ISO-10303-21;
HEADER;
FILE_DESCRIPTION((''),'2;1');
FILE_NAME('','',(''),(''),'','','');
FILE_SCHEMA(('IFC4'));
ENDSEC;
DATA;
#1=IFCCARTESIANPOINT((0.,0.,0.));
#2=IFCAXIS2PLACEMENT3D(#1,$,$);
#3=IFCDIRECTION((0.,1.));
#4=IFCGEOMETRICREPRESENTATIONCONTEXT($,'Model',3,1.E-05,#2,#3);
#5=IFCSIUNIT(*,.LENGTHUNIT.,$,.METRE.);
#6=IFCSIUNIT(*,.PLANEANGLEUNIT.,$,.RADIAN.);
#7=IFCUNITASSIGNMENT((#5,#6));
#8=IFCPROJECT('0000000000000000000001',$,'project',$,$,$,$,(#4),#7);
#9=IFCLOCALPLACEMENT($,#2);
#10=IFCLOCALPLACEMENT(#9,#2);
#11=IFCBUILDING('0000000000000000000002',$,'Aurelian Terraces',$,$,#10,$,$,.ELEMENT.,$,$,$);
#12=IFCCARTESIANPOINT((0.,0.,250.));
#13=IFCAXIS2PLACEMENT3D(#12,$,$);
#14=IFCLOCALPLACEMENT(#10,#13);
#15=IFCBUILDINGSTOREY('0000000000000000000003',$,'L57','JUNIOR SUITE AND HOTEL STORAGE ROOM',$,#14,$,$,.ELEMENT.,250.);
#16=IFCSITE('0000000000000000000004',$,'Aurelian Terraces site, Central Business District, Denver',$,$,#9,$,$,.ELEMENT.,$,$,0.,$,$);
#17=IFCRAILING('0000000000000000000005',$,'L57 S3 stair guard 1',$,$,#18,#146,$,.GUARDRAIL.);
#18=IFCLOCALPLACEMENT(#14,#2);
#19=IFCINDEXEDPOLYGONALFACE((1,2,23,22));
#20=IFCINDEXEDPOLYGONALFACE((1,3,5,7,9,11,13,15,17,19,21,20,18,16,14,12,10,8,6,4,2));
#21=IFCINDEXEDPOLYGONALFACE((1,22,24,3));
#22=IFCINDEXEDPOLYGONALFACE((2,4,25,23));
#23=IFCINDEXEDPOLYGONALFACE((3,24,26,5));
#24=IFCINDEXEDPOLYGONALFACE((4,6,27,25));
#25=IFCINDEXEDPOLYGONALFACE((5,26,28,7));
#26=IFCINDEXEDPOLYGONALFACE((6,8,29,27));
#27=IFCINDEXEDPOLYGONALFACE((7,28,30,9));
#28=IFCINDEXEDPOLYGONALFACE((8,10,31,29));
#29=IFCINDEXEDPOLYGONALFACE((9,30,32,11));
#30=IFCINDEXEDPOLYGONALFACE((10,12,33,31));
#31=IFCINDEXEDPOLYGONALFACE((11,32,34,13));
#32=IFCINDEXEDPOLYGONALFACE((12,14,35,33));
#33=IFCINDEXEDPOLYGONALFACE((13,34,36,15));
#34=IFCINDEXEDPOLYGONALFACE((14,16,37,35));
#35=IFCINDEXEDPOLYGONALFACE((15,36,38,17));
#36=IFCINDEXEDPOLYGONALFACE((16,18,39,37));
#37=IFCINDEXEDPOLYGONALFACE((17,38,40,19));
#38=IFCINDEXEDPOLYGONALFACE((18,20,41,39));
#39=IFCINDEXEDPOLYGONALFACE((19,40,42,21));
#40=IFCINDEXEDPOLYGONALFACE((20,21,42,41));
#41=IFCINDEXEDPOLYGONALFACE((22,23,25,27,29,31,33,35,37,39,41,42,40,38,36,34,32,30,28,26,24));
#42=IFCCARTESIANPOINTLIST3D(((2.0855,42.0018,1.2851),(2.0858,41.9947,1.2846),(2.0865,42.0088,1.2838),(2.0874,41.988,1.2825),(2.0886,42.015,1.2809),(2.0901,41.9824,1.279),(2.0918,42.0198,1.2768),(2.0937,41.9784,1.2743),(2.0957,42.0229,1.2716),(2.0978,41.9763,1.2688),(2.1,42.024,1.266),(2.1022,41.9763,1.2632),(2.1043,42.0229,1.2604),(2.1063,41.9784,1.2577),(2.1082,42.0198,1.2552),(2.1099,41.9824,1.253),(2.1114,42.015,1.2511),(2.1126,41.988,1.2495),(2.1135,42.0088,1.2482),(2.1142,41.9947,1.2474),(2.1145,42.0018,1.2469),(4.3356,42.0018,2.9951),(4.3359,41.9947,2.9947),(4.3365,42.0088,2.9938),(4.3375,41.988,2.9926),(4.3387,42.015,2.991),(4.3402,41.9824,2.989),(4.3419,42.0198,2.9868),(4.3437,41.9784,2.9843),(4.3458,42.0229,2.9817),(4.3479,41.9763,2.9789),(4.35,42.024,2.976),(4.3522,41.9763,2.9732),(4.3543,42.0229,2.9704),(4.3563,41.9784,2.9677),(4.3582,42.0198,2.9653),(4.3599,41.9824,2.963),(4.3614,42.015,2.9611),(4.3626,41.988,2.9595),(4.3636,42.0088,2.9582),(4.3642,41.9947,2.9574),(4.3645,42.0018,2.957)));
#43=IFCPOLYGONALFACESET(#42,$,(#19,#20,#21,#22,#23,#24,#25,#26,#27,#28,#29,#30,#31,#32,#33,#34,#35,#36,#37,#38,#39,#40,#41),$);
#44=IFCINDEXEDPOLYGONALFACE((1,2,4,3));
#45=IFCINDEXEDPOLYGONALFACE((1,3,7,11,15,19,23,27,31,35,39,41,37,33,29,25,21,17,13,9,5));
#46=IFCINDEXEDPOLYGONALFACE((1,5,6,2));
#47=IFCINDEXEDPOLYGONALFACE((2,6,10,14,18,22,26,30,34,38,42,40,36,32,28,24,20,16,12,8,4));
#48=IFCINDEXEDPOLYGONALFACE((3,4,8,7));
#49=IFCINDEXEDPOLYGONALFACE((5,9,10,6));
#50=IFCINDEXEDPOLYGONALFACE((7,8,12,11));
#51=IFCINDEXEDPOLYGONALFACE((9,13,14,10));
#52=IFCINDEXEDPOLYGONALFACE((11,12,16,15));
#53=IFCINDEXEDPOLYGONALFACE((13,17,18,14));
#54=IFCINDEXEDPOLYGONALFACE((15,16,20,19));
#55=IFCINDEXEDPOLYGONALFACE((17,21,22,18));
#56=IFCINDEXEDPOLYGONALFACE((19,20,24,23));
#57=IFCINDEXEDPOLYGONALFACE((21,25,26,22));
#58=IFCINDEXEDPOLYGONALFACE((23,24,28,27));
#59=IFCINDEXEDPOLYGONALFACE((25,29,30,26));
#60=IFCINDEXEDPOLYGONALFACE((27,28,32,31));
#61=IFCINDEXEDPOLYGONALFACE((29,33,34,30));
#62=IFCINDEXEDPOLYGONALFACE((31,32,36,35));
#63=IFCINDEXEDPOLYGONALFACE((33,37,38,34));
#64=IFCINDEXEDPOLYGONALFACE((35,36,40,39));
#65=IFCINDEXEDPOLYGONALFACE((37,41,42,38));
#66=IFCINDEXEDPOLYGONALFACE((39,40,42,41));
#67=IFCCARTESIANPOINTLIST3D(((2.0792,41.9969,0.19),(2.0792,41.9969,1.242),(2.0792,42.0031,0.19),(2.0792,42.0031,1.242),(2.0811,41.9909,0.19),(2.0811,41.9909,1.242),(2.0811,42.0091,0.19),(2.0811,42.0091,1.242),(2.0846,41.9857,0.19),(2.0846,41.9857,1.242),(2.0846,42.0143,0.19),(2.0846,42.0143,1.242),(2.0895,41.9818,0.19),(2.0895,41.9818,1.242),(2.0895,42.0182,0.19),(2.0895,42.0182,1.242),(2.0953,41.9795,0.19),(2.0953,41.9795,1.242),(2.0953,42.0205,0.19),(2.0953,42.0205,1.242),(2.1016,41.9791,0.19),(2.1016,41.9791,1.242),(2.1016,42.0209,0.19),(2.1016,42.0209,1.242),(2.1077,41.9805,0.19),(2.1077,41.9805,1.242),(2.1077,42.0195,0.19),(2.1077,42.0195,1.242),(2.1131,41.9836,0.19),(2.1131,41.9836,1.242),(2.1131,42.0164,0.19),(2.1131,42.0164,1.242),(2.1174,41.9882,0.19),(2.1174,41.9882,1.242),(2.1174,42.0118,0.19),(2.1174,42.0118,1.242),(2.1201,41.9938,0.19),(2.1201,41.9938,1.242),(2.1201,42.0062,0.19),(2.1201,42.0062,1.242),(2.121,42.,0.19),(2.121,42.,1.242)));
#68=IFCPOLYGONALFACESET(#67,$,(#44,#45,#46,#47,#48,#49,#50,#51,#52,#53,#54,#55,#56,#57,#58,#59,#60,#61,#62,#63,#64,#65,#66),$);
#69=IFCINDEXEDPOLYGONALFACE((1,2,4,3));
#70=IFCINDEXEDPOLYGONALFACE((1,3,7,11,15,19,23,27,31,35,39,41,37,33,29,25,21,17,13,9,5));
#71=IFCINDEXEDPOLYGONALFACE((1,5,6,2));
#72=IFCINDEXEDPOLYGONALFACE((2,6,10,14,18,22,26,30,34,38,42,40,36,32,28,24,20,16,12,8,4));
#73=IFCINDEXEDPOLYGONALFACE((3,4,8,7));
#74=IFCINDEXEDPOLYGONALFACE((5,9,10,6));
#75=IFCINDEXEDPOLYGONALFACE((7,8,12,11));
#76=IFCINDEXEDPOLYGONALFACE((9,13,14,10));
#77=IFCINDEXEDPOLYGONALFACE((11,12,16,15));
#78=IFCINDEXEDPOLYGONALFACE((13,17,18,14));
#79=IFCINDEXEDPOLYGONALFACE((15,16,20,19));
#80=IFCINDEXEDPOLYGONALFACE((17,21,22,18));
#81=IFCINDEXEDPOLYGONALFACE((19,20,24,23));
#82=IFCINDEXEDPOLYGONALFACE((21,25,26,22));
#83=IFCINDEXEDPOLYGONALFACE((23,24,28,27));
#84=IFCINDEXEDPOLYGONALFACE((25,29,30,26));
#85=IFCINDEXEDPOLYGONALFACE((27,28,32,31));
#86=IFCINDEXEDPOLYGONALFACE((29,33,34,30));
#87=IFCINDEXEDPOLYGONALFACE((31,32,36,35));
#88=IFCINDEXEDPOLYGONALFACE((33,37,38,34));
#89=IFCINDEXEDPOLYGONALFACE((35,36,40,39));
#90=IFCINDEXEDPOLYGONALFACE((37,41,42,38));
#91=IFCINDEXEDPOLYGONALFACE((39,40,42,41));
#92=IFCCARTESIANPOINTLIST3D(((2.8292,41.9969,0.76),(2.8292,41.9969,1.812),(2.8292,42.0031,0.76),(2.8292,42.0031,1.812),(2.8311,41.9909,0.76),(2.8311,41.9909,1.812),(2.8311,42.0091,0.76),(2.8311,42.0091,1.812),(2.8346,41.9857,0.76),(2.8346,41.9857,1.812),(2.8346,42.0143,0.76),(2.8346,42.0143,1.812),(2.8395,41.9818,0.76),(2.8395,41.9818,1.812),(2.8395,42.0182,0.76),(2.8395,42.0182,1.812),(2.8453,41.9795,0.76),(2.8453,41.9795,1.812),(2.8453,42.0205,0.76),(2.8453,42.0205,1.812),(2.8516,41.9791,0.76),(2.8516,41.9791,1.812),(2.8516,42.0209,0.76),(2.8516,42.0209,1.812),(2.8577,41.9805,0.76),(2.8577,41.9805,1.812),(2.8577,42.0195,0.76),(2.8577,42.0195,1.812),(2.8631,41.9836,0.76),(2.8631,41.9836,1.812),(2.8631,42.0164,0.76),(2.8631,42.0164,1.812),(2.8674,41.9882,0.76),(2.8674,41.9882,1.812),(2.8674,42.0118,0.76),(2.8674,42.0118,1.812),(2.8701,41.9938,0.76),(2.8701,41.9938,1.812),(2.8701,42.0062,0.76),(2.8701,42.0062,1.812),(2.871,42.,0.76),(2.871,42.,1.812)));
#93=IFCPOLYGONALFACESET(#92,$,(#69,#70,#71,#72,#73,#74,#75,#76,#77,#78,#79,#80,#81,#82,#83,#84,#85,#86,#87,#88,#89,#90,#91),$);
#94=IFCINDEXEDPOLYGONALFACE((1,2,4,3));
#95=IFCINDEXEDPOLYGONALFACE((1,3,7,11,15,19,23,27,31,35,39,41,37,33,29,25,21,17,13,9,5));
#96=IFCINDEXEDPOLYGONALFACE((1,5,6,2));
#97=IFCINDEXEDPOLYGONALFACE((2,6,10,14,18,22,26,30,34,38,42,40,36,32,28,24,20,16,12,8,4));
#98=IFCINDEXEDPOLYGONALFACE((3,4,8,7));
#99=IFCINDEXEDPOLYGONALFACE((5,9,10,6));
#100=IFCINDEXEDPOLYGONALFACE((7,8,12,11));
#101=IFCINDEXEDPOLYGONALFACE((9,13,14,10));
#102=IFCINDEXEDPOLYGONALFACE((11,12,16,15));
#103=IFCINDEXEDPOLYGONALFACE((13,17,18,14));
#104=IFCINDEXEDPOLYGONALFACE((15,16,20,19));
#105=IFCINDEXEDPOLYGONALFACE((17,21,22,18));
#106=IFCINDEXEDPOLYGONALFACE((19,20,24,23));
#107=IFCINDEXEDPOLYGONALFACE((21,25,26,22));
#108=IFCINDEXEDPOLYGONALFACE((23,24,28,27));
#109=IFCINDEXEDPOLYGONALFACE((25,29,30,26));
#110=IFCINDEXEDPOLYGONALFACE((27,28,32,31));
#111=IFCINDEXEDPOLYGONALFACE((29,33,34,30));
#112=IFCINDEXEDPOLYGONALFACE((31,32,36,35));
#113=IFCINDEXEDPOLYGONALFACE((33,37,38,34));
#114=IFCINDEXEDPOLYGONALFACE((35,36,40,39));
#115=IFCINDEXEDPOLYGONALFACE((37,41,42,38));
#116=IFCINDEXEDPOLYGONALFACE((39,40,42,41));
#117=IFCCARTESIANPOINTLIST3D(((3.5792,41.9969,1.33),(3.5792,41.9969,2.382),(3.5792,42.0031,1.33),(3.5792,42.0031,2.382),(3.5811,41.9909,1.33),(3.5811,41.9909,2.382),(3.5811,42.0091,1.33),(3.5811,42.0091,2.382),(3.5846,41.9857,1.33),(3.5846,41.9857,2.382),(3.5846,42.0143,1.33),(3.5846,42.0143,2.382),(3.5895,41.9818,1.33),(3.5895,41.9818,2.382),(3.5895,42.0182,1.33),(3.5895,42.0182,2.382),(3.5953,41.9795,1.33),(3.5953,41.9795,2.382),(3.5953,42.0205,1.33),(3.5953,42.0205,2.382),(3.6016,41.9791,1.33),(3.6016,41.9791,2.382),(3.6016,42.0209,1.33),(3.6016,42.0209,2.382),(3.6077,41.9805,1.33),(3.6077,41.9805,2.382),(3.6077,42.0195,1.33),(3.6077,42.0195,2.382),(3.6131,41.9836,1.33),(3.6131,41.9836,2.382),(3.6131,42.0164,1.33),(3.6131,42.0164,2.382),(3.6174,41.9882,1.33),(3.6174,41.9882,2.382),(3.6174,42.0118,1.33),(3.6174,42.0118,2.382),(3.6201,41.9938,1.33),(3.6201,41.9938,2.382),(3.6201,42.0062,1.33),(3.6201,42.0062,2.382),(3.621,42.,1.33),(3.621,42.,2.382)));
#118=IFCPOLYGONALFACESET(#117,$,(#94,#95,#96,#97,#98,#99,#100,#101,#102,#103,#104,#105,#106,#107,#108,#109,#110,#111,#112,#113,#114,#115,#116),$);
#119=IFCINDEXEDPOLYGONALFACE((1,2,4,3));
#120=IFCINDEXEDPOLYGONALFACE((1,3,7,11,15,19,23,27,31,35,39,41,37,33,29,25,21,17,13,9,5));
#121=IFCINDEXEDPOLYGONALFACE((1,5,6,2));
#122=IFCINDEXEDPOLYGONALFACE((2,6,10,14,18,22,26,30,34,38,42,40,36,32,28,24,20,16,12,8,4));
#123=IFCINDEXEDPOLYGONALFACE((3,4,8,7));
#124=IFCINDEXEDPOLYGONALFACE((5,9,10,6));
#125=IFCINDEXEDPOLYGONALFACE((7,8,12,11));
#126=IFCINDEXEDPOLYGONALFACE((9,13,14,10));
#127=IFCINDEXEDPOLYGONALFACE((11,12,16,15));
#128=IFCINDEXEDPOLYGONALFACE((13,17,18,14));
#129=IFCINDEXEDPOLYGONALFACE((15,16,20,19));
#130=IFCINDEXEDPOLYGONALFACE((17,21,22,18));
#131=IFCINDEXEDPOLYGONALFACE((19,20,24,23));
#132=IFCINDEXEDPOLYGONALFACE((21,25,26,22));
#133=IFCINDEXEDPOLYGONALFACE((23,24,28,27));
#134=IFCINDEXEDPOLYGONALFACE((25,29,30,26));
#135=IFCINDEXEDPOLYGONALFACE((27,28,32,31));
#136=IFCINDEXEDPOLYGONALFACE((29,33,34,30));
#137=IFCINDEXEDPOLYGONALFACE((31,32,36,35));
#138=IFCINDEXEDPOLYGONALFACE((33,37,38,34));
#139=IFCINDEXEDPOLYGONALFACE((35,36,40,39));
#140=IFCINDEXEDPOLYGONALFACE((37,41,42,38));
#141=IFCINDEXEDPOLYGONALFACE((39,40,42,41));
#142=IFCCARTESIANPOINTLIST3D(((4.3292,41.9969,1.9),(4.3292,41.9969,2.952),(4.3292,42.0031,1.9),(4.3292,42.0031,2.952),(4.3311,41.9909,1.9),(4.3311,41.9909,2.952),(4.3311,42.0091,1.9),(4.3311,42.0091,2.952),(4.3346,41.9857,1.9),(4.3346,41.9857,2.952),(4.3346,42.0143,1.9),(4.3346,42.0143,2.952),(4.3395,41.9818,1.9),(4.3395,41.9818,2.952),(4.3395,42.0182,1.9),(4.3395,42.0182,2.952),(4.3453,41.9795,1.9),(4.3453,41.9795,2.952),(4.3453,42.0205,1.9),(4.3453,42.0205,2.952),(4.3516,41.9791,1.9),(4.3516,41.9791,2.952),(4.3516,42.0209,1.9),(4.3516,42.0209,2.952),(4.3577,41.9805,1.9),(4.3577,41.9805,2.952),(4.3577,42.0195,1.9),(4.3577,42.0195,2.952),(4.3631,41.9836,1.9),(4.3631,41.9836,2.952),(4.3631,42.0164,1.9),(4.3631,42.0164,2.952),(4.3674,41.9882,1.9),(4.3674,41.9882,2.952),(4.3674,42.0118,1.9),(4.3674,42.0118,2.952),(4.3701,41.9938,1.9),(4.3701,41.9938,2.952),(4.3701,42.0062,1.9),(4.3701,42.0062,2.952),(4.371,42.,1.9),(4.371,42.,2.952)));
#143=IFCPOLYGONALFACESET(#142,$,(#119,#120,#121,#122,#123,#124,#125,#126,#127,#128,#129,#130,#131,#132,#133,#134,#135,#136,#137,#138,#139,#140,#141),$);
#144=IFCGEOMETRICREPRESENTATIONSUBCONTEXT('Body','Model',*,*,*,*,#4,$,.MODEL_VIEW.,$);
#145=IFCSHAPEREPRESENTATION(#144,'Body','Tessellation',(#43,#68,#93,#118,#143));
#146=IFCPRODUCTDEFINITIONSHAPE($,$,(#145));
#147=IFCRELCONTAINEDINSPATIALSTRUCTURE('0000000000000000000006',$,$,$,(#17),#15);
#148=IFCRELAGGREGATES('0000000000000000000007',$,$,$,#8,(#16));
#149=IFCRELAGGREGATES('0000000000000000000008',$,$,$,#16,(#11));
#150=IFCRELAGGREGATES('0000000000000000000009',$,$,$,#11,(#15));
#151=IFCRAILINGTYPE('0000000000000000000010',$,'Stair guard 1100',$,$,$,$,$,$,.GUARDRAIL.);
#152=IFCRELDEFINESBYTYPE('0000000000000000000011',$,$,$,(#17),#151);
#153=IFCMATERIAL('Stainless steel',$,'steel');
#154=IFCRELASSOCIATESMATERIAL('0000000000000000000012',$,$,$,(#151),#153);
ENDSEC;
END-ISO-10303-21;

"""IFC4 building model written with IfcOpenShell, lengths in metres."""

from ifc_helpers import new_model, si_unit, direction, frame, origin, origin_2d, place, context, subcontext, project, spatial, circle, extrude, source, transform, mapped, material, type_object, element, save


model = new_model("IFC4")

# Units and contexts
model_context = context("Model", 3, precision=1e-05, world=origin(), true_north=direction((0.0, 1.0)))
body_context = subcontext(model_context, "Body", "Model", "MODEL_VIEW")
ifc_project = project(units=[si_unit("LENGTHUNIT", "METRE"), si_unit("PLANEANGLEUNIT", "RADIAN")], contexts=[model_context])

# Site, building, storey
site_placement = place(None, origin())
site = spatial("IfcSite", under=ifc_project, at=site_placement, Name="Aurelian Terraces site, Central Business District, Denver", CompositionType="ELEMENT", RefElevation=0.0)
building_placement = place(site_placement, origin())
building = spatial("IfcBuilding", under=site, at=building_placement, Name="Aurelian Terraces", CompositionType="ELEMENT")
storey_placement = place(building_placement, frame((0.0, 0.0, 250.0)))
storey = spatial("IfcBuildingStorey", under=building, at=storey_placement, Name="L57", Description="JUNIOR SUITE AND HOTEL STORAGE ROOM", CompositionType="ELEMENT", Elevation=250.0)

# Railing
ifc_material_1 = material(Name="Stainless steel", Category="steel")
railing_type_1 = type_object("IfcRailingType", Name="Stair guard 1100", PredefinedType="GUARDRAIL", material=ifc_material_1)
shared_shape_1 = source(origin(), body_context, "Body", "SweptSolid", [
    extrude(circle(Radius=0.024, at=origin_2d()), frame((0.0, 0.0, 1.076), z_axis=(0.796162, 0.0, 0.605083), x_axis=(0.0, 1.0, 0.0)), (0.0, 0.0, 1.0), 2.8261),
    extrude(circle(Radius=0.021, at=origin_2d()), origin(), (0.0, 0.0, 1.0), 1.052),
    extrude(circle(Radius=0.021, at=origin_2d()), frame((0.75, 0.0, 0.57)), (0.0, 0.0, 1.0), 1.052),
    extrude(circle(Radius=0.021, at=origin_2d()), frame((1.5, 0.0, 1.14)), (0.0, 0.0, 1.0), 1.052),
    extrude(circle(Radius=0.021, at=origin_2d()), frame((2.25, 0.0, 1.71)), (0.0, 0.0, 1.0), 1.052),
])
railing_1_placement = place(storey_placement, frame((2.1, 42.0, 0.19)))
element("IfcRailing", 1, at=railing_1_placement, inside=storey, type_object=railing_type_1, Name="L57 S3 stair guard 1", PredefinedType="GUARDRAIL", context=body_context, shape_type="MappedRepresentation", body=[
    mapped(shared_shape_1, transform((0.0, 0.0, 0.0), scale=1.0)),
])

save(model, "model.ifc")
